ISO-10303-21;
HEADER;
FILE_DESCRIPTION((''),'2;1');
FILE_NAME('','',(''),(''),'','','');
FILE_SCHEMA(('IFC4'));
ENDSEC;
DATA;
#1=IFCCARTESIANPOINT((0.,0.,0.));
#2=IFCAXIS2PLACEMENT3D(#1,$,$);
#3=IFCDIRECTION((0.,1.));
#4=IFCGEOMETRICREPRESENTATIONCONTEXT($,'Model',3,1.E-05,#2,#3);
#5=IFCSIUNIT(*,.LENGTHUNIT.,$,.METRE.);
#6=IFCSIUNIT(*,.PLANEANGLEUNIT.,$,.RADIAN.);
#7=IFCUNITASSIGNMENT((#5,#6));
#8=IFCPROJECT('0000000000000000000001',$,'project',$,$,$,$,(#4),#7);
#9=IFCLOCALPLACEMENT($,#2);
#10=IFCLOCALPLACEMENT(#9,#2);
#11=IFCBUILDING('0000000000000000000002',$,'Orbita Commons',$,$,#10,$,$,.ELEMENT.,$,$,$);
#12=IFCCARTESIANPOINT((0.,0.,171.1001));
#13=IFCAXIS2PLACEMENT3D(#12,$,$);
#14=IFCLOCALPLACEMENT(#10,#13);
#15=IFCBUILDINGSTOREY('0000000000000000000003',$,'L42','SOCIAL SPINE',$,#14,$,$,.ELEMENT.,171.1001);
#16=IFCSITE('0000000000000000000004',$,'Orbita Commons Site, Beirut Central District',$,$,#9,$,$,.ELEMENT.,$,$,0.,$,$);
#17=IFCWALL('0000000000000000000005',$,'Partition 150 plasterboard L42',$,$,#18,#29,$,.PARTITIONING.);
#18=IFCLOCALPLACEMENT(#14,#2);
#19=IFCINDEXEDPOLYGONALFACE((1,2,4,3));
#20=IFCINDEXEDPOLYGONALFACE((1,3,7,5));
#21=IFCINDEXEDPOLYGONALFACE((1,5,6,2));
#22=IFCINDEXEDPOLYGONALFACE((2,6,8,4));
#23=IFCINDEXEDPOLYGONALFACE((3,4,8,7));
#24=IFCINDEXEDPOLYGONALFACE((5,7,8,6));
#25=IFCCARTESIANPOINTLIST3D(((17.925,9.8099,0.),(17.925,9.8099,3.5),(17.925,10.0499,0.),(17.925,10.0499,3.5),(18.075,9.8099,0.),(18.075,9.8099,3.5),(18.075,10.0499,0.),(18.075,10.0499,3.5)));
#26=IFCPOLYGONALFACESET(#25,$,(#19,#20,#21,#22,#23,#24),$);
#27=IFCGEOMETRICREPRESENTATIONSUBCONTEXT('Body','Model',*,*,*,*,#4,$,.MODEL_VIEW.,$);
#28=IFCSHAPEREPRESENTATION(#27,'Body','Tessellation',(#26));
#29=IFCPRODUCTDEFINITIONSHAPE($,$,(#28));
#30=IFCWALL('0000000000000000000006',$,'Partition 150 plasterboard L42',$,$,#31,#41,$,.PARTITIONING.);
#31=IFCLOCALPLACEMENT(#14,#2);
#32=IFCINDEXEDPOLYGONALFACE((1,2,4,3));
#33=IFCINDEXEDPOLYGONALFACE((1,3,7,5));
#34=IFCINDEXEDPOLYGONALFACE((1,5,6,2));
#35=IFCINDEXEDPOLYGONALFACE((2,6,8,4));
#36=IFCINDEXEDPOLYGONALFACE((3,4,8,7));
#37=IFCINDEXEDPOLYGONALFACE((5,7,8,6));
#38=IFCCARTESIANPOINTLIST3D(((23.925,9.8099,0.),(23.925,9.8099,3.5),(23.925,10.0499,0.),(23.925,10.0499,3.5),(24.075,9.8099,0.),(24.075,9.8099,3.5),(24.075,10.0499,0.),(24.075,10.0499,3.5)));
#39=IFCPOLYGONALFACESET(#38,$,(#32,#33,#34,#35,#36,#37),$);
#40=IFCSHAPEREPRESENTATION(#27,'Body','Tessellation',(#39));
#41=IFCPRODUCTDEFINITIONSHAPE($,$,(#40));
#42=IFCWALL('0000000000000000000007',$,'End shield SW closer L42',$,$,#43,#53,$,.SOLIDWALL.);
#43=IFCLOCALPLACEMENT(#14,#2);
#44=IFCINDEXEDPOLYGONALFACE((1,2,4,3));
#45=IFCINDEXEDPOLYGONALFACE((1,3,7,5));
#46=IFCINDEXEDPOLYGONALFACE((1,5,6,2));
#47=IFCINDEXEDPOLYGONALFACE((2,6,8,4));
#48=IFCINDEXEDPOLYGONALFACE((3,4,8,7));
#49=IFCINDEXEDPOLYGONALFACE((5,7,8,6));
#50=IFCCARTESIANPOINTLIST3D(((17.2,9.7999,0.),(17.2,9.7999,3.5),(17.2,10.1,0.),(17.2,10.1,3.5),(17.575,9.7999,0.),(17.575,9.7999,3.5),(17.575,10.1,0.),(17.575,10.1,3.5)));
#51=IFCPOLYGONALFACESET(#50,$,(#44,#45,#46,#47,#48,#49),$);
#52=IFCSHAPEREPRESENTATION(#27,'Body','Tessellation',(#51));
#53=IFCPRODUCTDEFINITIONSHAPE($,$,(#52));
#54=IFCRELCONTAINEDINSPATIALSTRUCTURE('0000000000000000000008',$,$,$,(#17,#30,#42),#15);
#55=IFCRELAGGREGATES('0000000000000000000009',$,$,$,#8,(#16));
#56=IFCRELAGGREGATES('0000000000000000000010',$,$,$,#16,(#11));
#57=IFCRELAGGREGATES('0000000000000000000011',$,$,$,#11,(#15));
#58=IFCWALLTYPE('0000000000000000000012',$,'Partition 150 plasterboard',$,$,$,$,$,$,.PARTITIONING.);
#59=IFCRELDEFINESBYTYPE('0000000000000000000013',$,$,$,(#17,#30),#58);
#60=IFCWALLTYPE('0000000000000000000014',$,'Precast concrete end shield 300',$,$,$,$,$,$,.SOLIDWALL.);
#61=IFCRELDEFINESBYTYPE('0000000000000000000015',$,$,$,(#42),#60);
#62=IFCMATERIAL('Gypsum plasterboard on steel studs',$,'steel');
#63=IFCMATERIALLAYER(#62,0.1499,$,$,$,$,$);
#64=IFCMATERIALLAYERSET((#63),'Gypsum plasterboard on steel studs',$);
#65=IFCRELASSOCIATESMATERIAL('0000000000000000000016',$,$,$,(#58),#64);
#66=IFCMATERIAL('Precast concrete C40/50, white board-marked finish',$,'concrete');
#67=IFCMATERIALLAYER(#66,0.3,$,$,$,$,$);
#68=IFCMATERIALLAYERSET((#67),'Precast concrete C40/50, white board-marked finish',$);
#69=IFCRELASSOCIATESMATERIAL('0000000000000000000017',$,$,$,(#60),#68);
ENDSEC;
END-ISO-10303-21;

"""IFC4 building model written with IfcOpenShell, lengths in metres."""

from ifc_helpers import new_model, si_unit, direction, frame, frame_2d, origin, place, context, subcontext, project, spatial, rectangle, extrude, material, layer, layer_set, type_object, element, save


model = new_model("IFC4")

# Units and contexts
model_context = context("Model", 3, precision=1e-05, world=origin(), true_north=direction((0.0, 1.0)))
body_context = subcontext(model_context, "Body", "Model", "MODEL_VIEW")
ifc_project = project(units=[si_unit("LENGTHUNIT", "METRE"), si_unit("PLANEANGLEUNIT", "RADIAN")], contexts=[model_context])

# Site, building, storey
site_placement = place(None, origin())
site = spatial("IfcSite", under=ifc_project, at=site_placement, Name="Orbita Commons Site, Beirut Central District", CompositionType="ELEMENT", RefElevation=0.0)
building_placement = place(site_placement, origin())
building = spatial("IfcBuilding", under=site, at=building_placement, Name="Orbita Commons", CompositionType="ELEMENT")
storey_placement = place(building_placement, frame((0.0, 0.0, 171.1001)))
storey = spatial("IfcBuildingStorey", under=building, at=storey_placement, Name="L42", Description="SOCIAL SPINE", CompositionType="ELEMENT", Elevation=171.1001)

# Walls
ifc_material_1 = material(Name="Gypsum plasterboard on steel studs", Category="steel")
ifc_layer_1 = layer(ifc_material_1, 0.1499)
ifc_layer_set_1 = layer_set([ifc_layer_1], Name="Gypsum plasterboard on steel studs")
wall_type_1 = type_object("IfcWallType", Name="Partition 150 plasterboard", PredefinedType="PARTITIONING", material=ifc_layer_set_1)
for number, where, z_axis, x_axis, name in (
    (1, (18.0, 10.05, 0.0), (0.0, 0.0, 1.0), (0.0, -1.0, 0.0), "Partition 150 plasterboard L42"),
    (2, (24.0, 10.05, 0.0), (0.0, 0.0, 1.0), (0.0, -1.0, 0.0), "Partition 150 plasterboard L42"),
):
    element("IfcWall", number, at=place(storey_placement, frame(where, z_axis=z_axis, x_axis=x_axis)), inside=storey, type_object=wall_type_1, Name=name, PredefinedType="PARTITIONING", context=body_context, shape_type="SweptSolid", body=[
        extrude(rectangle(XDim=0.24, YDim=0.1499, at=frame_2d((0.1201, 0.0))), origin(), (0.0, 0.0, 1.0), 3.5),
    ])
ifc_material_2 = material(Name="Precast concrete C40/50, white board-marked finish", Category="concrete")
ifc_layer_2 = layer(ifc_material_2, 0.3)
ifc_layer_set_2 = layer_set([ifc_layer_2], Name="Precast concrete C40/50, white board-marked finish")
wall_type_2 = type_object("IfcWallType", Name="Precast concrete end shield 300", PredefinedType="SOLIDWALL", material=ifc_layer_set_2)
wall_placement = place(storey_placement, frame((17.2, 9.95, 0.0), z_axis=(0.0, 0.0, 1.0), x_axis=(1.0, 0.0, 0.0)))
element("IfcWall", 3, at=wall_placement, inside=storey, type_object=wall_type_2, Name="End shield SW closer L42", PredefinedType="SOLIDWALL", context=body_context, shape_type="SweptSolid", body=[
    extrude(rectangle(XDim=0.375, YDim=0.3, at=frame_2d((0.1875, 0.0))), origin(), (0.0, 0.0, 1.0), 3.5),
])

save(model, "model.ifc")
